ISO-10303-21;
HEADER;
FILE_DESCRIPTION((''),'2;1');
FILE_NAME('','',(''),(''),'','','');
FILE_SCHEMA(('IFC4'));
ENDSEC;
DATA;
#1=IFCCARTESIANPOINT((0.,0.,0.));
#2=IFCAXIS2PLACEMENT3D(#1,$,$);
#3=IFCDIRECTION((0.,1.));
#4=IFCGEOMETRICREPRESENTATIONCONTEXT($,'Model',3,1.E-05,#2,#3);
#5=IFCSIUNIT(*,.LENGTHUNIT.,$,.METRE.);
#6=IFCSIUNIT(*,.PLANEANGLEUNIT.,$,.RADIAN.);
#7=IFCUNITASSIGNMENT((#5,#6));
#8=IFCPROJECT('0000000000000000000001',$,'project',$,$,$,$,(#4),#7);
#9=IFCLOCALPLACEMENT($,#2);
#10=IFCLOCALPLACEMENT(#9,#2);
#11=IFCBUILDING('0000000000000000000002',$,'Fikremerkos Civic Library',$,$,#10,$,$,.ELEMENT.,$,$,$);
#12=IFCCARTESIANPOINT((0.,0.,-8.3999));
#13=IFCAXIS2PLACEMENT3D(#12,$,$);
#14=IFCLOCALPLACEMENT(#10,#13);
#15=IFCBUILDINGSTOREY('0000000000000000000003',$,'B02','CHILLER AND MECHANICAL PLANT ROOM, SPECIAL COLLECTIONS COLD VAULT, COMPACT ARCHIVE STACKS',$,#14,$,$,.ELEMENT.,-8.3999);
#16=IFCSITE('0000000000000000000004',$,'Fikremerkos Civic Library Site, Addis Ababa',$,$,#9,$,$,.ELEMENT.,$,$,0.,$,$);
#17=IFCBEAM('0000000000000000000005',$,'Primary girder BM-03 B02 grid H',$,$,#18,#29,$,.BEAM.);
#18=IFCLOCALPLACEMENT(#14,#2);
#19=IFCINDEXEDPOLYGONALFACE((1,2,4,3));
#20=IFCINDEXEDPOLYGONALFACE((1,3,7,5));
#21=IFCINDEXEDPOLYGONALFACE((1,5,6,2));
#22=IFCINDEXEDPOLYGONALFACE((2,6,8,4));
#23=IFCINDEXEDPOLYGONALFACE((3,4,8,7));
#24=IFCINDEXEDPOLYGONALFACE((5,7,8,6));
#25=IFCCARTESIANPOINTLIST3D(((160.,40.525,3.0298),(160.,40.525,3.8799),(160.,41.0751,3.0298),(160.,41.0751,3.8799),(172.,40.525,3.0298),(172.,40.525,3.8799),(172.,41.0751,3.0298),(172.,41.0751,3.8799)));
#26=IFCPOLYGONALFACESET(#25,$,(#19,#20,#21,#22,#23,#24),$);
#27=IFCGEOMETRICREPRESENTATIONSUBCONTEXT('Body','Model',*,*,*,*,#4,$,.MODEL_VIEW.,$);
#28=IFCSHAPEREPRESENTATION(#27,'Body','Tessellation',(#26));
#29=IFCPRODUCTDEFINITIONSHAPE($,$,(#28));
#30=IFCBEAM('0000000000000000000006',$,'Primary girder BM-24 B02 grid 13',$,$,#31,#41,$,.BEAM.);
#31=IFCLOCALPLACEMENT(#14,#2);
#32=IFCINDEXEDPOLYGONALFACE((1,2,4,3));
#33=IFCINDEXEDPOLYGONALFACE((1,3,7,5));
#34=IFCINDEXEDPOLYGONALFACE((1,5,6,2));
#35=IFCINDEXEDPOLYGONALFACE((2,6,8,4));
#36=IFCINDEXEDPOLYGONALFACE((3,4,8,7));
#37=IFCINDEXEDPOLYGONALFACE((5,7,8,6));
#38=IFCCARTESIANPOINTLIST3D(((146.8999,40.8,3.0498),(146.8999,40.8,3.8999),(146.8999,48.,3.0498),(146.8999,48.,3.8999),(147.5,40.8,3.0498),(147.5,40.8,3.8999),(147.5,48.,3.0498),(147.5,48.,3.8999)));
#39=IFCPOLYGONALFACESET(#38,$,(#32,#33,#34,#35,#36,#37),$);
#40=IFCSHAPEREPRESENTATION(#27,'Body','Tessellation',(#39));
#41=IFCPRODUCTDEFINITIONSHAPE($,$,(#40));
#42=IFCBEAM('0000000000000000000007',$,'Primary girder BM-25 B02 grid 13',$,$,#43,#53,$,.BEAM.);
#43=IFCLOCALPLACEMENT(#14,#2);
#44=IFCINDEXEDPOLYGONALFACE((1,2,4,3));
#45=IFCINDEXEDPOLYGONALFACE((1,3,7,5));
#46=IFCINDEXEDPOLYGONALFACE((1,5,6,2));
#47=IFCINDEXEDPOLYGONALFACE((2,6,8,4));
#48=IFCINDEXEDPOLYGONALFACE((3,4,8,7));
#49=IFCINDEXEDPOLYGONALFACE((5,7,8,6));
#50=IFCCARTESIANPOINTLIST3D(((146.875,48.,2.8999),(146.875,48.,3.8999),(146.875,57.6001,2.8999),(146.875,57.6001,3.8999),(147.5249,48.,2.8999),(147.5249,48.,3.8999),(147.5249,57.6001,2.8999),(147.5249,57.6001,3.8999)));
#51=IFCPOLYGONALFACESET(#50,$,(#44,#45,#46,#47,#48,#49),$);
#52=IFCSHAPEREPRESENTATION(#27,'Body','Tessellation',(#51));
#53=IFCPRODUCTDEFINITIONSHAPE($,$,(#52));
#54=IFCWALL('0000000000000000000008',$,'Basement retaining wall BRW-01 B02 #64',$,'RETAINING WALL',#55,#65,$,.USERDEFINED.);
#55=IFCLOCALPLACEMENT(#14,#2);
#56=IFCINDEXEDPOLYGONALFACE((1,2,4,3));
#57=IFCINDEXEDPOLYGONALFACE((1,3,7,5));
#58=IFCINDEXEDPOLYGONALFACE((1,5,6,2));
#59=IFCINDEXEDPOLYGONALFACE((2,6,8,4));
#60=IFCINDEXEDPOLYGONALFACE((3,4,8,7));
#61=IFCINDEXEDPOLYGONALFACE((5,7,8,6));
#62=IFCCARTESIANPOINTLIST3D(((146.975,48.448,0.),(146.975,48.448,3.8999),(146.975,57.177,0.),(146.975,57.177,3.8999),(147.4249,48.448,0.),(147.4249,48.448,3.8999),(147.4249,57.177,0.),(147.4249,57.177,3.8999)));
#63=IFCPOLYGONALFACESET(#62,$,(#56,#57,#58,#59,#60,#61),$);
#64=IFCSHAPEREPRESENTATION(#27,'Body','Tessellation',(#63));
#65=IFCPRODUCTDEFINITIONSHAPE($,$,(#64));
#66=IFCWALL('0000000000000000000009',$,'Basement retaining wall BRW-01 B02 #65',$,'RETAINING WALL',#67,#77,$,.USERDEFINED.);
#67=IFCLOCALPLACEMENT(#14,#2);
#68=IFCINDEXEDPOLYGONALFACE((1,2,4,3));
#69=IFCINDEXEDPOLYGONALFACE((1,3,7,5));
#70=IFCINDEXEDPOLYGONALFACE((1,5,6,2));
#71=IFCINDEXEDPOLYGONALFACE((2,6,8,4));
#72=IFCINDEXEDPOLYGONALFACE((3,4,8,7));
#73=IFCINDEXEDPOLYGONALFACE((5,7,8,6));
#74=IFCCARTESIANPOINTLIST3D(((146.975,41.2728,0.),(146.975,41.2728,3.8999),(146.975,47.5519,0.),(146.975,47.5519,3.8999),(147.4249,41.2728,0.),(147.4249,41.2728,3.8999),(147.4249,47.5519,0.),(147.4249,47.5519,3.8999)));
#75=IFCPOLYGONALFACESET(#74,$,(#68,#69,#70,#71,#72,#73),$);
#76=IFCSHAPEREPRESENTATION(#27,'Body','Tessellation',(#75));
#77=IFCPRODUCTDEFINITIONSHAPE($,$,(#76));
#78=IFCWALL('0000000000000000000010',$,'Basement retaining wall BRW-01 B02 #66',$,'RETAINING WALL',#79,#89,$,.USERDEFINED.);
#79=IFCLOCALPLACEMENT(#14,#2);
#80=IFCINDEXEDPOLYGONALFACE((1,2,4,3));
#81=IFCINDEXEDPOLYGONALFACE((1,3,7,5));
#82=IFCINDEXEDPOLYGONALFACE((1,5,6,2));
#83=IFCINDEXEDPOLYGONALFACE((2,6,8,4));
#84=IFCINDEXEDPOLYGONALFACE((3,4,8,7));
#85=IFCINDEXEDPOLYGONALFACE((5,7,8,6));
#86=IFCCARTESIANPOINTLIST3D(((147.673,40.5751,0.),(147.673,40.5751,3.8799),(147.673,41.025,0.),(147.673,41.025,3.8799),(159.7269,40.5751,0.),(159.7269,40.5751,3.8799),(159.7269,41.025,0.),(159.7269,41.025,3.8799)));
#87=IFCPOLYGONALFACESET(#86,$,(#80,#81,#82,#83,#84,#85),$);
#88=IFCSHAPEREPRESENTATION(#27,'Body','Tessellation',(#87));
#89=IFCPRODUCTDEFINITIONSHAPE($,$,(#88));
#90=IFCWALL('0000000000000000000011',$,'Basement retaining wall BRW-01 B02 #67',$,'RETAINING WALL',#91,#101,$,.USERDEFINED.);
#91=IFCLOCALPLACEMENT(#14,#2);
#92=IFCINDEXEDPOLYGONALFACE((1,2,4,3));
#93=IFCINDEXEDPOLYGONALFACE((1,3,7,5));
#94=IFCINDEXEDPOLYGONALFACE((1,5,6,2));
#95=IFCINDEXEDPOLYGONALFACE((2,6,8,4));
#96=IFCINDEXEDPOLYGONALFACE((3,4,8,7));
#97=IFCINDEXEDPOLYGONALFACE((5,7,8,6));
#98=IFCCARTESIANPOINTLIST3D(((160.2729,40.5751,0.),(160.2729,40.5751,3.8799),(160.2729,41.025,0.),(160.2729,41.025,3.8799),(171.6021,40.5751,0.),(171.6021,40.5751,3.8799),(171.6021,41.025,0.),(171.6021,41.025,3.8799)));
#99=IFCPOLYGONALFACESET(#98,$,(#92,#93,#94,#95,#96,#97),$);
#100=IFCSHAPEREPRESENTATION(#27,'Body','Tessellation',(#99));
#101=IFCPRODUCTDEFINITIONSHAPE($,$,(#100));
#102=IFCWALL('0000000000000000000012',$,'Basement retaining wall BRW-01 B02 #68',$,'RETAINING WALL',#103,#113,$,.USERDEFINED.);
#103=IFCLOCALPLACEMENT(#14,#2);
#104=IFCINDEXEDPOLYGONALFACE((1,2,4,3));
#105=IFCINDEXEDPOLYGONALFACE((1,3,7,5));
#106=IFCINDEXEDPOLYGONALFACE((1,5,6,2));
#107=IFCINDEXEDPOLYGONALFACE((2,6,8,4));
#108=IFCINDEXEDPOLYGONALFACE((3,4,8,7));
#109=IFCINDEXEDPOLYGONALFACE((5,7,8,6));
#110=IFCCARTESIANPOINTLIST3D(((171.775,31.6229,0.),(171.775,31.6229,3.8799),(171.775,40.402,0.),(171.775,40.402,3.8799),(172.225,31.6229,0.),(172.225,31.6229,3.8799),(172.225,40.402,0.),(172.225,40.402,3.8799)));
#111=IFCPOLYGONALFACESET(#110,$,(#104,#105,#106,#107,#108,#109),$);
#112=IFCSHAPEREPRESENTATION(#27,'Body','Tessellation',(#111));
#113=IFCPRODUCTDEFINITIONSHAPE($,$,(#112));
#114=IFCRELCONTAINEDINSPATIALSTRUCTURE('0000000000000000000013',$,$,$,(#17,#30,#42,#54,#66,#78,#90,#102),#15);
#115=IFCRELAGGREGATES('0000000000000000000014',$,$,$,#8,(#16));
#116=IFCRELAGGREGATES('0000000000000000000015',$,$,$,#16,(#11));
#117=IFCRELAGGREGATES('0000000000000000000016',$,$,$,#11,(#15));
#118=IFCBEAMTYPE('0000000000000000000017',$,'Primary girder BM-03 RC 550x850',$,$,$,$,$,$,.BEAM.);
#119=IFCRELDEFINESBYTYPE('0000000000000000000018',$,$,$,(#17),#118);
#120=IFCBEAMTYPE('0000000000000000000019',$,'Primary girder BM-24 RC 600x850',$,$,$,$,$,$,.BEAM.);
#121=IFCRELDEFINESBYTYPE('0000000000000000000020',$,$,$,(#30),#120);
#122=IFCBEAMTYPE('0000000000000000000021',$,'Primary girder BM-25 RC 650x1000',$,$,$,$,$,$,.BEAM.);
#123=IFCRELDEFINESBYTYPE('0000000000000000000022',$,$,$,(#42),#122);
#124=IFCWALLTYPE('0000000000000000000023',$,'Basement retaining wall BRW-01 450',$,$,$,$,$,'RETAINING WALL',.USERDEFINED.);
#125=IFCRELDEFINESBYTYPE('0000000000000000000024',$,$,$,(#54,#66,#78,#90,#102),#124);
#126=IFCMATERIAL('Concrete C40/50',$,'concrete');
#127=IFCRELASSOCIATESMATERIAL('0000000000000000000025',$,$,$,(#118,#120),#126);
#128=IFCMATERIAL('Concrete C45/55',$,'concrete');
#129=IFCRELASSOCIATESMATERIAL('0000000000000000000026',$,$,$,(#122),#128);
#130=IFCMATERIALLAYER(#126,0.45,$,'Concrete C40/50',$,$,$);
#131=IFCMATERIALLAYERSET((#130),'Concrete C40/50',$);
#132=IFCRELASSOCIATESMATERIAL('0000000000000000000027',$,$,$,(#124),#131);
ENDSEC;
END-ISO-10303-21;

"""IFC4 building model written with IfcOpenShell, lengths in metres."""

from ifc_helpers import new_model, si_unit, direction, frame, frame_2d, origin, origin_2d, place, context, subcontext, project, spatial, rectangle, extrude, material, layer, layer_set, material_profile, profile_set, type_object, element, save


model = new_model("IFC4")

# Units and contexts
model_context = context("Model", 3, precision=1e-05, world=origin(), true_north=direction((0.0, 1.0)))
body_context = subcontext(model_context, "Body", "Model", "MODEL_VIEW")
ifc_project = project(units=[si_unit("LENGTHUNIT", "METRE"), si_unit("PLANEANGLEUNIT", "RADIAN")], contexts=[model_context])

# Site, building, storey
site_placement = place(None, origin())
site = spatial("IfcSite", under=ifc_project, at=site_placement, Name="Fikremerkos Civic Library Site, Addis Ababa", CompositionType="ELEMENT", RefElevation=0.0)
building_placement = place(site_placement, origin())
building = spatial("IfcBuilding", under=site, at=building_placement, Name="Fikremerkos Civic Library", CompositionType="ELEMENT")
storey_placement = place(building_placement, frame((0.0, 0.0, -8.3999)))
storey = spatial("IfcBuildingStorey", under=building, at=storey_placement, Name="B02", Description="CHILLER AND MECHANICAL PLANT ROOM, SPECIAL COLLECTIONS COLD VAULT, COMPACT ARCHIVE STACKS", CompositionType="ELEMENT", Elevation=-8.3999)

# Shared definitions
ifc_material_1 = material(Name="Concrete C40/50", Category="concrete")

# Shared definitions
ifc_material_2 = material(Name="Concrete C45/55", Category="concrete")

# Beams
ifc_material_profile_1 = material_profile(ifc_material_1, rectangle(XDim=0.55, YDim=0.8501, at=origin_2d()), Name="RC 550x850")
ifc_profile_set_1 = profile_set([ifc_material_profile_1], Name="Concrete C40/50")
beam_type_1 = type_object("IfcBeamType", Name="Primary girder BM-03 RC 550x850", PredefinedType="BEAM", material=ifc_profile_set_1)
beam_1_placement = place(storey_placement, frame((160.0, 40.8, 3.4548), z_axis=(1.0, 0.0, 0.0), x_axis=(0.0, 1.0, 0.0)))
element("IfcBeam", 1, at=beam_1_placement, inside=storey, type_object=beam_type_1, Name="Primary girder BM-03 B02 grid H", PredefinedType="BEAM", context=body_context, shape_type="SweptSolid", body=[
    extrude(rectangle(XDim=0.55, YDim=0.8501, at=origin_2d()), origin(), (0.0, 0.0, 1.0), 12.0),
])
ifc_material_profile_2 = material_profile(ifc_material_1, rectangle(XDim=0.6001, YDim=0.8501, at=origin_2d()), Name="RC 600x850")
ifc_profile_set_2 = profile_set([ifc_material_profile_2], Name="Concrete C40/50")
beam_type_2 = type_object("IfcBeamType", Name="Primary girder BM-24 RC 600x850", PredefinedType="BEAM", material=ifc_profile_set_2)
beam_2_placement = place(storey_placement, frame((147.2, 40.8, 3.4749), z_axis=(0.0, 1.0, 0.0), x_axis=(-1.0, 0.0, 0.0)))
element("IfcBeam", 2, at=beam_2_placement, inside=storey, type_object=beam_type_2, Name="Primary girder BM-24 B02 grid 13", PredefinedType="BEAM", context=body_context, shape_type="SweptSolid", body=[
    extrude(rectangle(XDim=0.6001, YDim=0.8501, at=origin_2d()), origin(), (0.0, 0.0, 1.0), 7.2),
])
ifc_material_profile_3 = material_profile(ifc_material_2, rectangle(XDim=0.6499, YDim=1.0, at=origin_2d()), Name="RC 650x1000")
ifc_profile_set_3 = profile_set([ifc_material_profile_3], Name="Concrete C45/55")
beam_type_3 = type_object("IfcBeamType", Name="Primary girder BM-25 RC 650x1000", PredefinedType="BEAM", material=ifc_profile_set_3)
beam_3_placement = place(storey_placement, frame((147.2, 48.0, 3.3999), z_axis=(0.0, 1.0, 0.0), x_axis=(-1.0, 0.0, 0.0)))
element("IfcBeam", 3, at=beam_3_placement, inside=storey, type_object=beam_type_3, Name="Primary girder BM-25 B02 grid 13", PredefinedType="BEAM", context=body_context, shape_type="SweptSolid", body=[
    extrude(rectangle(XDim=0.6499, YDim=1.0, at=origin_2d()), origin(), (0.0, 0.0, 1.0), 9.6001),
])

# Walls
ifc_layer = layer(ifc_material_1, 0.45, Name="Concrete C40/50")
ifc_layer_set = layer_set([ifc_layer], Name="Concrete C40/50")
wall_type = type_object("IfcWallType", Name="Basement retaining wall BRW-01 450", ElementType="RETAINING WALL", PredefinedType="USERDEFINED", material=ifc_layer_set)
wall_1_placement = place(storey_placement, frame((147.2, 57.177, 0.0), z_axis=(0.0, 0.0, 1.0), x_axis=(0.0, -1.0, 0.0)))
element("IfcWall", 4, at=wall_1_placement, inside=storey, type_object=wall_type, Name="Basement retaining wall BRW-01 B02 #64", ObjectType="RETAINING WALL", PredefinedType="USERDEFINED", context=body_context, shape_type="SweptSolid", body=[
    extrude(rectangle(XDim=8.729, YDim=0.45, at=frame_2d((4.3645, 0.0))), origin(), (0.0, 0.0, 1.0), 3.8999),
])
wall_2_placement = place(storey_placement, frame((147.2, 47.552, 0.0), z_axis=(0.0, 0.0, 1.0), x_axis=(0.0, -1.0, 0.0)))
element("IfcWall", 5, at=wall_2_placement, inside=storey, type_object=wall_type, Name="Basement retaining wall BRW-01 B02 #65", ObjectType="RETAINING WALL", PredefinedType="USERDEFINED", context=body_context, shape_type="SweptSolid", body=[
    extrude(rectangle(XDim=6.2791, YDim=0.45, at=frame_2d((3.1396, 0.0))), origin(), (0.0, 0.0, 1.0), 3.8999),
])
wall_3_placement = place(storey_placement, frame((147.6731, 40.8, 0.0), z_axis=(0.0, 0.0, 1.0), x_axis=(1.0, 0.0, 0.0)))
element("IfcWall", 6, at=wall_3_placement, inside=storey, type_object=wall_type, Name="Basement retaining wall BRW-01 B02 #66", ObjectType="RETAINING WALL", PredefinedType="USERDEFINED", context=body_context, shape_type="SweptSolid", body=[
    extrude(rectangle(XDim=12.054, YDim=0.45, at=frame_2d((6.0269, 0.0))), origin(), (0.0, 0.0, 1.0), 3.8799),
])
wall_4_placement = place(storey_placement, frame((160.2729, 40.8, 0.0), z_axis=(0.0, 0.0, 1.0), x_axis=(1.0, 0.0, 0.0)))
element("IfcWall", 7, at=wall_4_placement, inside=storey, type_object=wall_type, Name="Basement retaining wall BRW-01 B02 #67", ObjectType="RETAINING WALL", PredefinedType="USERDEFINED", context=body_context, shape_type="SweptSolid", body=[
    extrude(rectangle(XDim=11.3291, YDim=0.45, at=frame_2d((5.6646, 0.0))), origin(), (0.0, 0.0, 1.0), 3.8799),
])
wall_5_placement = place(storey_placement, frame((172.0, 40.4021, 0.0), z_axis=(0.0, 0.0, 1.0), x_axis=(0.0, -1.0, 0.0)))
element("IfcWall", 8, at=wall_5_placement, inside=storey, type_object=wall_type, Name="Basement retaining wall BRW-01 B02 #68", ObjectType="RETAINING WALL", PredefinedType="USERDEFINED", context=body_context, shape_type="SweptSolid", body=[
    extrude(rectangle(XDim=8.7791, YDim=0.45, at=frame_2d((4.3896, 0.0))), origin(), (0.0, 0.0, 1.0), 3.8799),
])

save(model, "model.ifc")
